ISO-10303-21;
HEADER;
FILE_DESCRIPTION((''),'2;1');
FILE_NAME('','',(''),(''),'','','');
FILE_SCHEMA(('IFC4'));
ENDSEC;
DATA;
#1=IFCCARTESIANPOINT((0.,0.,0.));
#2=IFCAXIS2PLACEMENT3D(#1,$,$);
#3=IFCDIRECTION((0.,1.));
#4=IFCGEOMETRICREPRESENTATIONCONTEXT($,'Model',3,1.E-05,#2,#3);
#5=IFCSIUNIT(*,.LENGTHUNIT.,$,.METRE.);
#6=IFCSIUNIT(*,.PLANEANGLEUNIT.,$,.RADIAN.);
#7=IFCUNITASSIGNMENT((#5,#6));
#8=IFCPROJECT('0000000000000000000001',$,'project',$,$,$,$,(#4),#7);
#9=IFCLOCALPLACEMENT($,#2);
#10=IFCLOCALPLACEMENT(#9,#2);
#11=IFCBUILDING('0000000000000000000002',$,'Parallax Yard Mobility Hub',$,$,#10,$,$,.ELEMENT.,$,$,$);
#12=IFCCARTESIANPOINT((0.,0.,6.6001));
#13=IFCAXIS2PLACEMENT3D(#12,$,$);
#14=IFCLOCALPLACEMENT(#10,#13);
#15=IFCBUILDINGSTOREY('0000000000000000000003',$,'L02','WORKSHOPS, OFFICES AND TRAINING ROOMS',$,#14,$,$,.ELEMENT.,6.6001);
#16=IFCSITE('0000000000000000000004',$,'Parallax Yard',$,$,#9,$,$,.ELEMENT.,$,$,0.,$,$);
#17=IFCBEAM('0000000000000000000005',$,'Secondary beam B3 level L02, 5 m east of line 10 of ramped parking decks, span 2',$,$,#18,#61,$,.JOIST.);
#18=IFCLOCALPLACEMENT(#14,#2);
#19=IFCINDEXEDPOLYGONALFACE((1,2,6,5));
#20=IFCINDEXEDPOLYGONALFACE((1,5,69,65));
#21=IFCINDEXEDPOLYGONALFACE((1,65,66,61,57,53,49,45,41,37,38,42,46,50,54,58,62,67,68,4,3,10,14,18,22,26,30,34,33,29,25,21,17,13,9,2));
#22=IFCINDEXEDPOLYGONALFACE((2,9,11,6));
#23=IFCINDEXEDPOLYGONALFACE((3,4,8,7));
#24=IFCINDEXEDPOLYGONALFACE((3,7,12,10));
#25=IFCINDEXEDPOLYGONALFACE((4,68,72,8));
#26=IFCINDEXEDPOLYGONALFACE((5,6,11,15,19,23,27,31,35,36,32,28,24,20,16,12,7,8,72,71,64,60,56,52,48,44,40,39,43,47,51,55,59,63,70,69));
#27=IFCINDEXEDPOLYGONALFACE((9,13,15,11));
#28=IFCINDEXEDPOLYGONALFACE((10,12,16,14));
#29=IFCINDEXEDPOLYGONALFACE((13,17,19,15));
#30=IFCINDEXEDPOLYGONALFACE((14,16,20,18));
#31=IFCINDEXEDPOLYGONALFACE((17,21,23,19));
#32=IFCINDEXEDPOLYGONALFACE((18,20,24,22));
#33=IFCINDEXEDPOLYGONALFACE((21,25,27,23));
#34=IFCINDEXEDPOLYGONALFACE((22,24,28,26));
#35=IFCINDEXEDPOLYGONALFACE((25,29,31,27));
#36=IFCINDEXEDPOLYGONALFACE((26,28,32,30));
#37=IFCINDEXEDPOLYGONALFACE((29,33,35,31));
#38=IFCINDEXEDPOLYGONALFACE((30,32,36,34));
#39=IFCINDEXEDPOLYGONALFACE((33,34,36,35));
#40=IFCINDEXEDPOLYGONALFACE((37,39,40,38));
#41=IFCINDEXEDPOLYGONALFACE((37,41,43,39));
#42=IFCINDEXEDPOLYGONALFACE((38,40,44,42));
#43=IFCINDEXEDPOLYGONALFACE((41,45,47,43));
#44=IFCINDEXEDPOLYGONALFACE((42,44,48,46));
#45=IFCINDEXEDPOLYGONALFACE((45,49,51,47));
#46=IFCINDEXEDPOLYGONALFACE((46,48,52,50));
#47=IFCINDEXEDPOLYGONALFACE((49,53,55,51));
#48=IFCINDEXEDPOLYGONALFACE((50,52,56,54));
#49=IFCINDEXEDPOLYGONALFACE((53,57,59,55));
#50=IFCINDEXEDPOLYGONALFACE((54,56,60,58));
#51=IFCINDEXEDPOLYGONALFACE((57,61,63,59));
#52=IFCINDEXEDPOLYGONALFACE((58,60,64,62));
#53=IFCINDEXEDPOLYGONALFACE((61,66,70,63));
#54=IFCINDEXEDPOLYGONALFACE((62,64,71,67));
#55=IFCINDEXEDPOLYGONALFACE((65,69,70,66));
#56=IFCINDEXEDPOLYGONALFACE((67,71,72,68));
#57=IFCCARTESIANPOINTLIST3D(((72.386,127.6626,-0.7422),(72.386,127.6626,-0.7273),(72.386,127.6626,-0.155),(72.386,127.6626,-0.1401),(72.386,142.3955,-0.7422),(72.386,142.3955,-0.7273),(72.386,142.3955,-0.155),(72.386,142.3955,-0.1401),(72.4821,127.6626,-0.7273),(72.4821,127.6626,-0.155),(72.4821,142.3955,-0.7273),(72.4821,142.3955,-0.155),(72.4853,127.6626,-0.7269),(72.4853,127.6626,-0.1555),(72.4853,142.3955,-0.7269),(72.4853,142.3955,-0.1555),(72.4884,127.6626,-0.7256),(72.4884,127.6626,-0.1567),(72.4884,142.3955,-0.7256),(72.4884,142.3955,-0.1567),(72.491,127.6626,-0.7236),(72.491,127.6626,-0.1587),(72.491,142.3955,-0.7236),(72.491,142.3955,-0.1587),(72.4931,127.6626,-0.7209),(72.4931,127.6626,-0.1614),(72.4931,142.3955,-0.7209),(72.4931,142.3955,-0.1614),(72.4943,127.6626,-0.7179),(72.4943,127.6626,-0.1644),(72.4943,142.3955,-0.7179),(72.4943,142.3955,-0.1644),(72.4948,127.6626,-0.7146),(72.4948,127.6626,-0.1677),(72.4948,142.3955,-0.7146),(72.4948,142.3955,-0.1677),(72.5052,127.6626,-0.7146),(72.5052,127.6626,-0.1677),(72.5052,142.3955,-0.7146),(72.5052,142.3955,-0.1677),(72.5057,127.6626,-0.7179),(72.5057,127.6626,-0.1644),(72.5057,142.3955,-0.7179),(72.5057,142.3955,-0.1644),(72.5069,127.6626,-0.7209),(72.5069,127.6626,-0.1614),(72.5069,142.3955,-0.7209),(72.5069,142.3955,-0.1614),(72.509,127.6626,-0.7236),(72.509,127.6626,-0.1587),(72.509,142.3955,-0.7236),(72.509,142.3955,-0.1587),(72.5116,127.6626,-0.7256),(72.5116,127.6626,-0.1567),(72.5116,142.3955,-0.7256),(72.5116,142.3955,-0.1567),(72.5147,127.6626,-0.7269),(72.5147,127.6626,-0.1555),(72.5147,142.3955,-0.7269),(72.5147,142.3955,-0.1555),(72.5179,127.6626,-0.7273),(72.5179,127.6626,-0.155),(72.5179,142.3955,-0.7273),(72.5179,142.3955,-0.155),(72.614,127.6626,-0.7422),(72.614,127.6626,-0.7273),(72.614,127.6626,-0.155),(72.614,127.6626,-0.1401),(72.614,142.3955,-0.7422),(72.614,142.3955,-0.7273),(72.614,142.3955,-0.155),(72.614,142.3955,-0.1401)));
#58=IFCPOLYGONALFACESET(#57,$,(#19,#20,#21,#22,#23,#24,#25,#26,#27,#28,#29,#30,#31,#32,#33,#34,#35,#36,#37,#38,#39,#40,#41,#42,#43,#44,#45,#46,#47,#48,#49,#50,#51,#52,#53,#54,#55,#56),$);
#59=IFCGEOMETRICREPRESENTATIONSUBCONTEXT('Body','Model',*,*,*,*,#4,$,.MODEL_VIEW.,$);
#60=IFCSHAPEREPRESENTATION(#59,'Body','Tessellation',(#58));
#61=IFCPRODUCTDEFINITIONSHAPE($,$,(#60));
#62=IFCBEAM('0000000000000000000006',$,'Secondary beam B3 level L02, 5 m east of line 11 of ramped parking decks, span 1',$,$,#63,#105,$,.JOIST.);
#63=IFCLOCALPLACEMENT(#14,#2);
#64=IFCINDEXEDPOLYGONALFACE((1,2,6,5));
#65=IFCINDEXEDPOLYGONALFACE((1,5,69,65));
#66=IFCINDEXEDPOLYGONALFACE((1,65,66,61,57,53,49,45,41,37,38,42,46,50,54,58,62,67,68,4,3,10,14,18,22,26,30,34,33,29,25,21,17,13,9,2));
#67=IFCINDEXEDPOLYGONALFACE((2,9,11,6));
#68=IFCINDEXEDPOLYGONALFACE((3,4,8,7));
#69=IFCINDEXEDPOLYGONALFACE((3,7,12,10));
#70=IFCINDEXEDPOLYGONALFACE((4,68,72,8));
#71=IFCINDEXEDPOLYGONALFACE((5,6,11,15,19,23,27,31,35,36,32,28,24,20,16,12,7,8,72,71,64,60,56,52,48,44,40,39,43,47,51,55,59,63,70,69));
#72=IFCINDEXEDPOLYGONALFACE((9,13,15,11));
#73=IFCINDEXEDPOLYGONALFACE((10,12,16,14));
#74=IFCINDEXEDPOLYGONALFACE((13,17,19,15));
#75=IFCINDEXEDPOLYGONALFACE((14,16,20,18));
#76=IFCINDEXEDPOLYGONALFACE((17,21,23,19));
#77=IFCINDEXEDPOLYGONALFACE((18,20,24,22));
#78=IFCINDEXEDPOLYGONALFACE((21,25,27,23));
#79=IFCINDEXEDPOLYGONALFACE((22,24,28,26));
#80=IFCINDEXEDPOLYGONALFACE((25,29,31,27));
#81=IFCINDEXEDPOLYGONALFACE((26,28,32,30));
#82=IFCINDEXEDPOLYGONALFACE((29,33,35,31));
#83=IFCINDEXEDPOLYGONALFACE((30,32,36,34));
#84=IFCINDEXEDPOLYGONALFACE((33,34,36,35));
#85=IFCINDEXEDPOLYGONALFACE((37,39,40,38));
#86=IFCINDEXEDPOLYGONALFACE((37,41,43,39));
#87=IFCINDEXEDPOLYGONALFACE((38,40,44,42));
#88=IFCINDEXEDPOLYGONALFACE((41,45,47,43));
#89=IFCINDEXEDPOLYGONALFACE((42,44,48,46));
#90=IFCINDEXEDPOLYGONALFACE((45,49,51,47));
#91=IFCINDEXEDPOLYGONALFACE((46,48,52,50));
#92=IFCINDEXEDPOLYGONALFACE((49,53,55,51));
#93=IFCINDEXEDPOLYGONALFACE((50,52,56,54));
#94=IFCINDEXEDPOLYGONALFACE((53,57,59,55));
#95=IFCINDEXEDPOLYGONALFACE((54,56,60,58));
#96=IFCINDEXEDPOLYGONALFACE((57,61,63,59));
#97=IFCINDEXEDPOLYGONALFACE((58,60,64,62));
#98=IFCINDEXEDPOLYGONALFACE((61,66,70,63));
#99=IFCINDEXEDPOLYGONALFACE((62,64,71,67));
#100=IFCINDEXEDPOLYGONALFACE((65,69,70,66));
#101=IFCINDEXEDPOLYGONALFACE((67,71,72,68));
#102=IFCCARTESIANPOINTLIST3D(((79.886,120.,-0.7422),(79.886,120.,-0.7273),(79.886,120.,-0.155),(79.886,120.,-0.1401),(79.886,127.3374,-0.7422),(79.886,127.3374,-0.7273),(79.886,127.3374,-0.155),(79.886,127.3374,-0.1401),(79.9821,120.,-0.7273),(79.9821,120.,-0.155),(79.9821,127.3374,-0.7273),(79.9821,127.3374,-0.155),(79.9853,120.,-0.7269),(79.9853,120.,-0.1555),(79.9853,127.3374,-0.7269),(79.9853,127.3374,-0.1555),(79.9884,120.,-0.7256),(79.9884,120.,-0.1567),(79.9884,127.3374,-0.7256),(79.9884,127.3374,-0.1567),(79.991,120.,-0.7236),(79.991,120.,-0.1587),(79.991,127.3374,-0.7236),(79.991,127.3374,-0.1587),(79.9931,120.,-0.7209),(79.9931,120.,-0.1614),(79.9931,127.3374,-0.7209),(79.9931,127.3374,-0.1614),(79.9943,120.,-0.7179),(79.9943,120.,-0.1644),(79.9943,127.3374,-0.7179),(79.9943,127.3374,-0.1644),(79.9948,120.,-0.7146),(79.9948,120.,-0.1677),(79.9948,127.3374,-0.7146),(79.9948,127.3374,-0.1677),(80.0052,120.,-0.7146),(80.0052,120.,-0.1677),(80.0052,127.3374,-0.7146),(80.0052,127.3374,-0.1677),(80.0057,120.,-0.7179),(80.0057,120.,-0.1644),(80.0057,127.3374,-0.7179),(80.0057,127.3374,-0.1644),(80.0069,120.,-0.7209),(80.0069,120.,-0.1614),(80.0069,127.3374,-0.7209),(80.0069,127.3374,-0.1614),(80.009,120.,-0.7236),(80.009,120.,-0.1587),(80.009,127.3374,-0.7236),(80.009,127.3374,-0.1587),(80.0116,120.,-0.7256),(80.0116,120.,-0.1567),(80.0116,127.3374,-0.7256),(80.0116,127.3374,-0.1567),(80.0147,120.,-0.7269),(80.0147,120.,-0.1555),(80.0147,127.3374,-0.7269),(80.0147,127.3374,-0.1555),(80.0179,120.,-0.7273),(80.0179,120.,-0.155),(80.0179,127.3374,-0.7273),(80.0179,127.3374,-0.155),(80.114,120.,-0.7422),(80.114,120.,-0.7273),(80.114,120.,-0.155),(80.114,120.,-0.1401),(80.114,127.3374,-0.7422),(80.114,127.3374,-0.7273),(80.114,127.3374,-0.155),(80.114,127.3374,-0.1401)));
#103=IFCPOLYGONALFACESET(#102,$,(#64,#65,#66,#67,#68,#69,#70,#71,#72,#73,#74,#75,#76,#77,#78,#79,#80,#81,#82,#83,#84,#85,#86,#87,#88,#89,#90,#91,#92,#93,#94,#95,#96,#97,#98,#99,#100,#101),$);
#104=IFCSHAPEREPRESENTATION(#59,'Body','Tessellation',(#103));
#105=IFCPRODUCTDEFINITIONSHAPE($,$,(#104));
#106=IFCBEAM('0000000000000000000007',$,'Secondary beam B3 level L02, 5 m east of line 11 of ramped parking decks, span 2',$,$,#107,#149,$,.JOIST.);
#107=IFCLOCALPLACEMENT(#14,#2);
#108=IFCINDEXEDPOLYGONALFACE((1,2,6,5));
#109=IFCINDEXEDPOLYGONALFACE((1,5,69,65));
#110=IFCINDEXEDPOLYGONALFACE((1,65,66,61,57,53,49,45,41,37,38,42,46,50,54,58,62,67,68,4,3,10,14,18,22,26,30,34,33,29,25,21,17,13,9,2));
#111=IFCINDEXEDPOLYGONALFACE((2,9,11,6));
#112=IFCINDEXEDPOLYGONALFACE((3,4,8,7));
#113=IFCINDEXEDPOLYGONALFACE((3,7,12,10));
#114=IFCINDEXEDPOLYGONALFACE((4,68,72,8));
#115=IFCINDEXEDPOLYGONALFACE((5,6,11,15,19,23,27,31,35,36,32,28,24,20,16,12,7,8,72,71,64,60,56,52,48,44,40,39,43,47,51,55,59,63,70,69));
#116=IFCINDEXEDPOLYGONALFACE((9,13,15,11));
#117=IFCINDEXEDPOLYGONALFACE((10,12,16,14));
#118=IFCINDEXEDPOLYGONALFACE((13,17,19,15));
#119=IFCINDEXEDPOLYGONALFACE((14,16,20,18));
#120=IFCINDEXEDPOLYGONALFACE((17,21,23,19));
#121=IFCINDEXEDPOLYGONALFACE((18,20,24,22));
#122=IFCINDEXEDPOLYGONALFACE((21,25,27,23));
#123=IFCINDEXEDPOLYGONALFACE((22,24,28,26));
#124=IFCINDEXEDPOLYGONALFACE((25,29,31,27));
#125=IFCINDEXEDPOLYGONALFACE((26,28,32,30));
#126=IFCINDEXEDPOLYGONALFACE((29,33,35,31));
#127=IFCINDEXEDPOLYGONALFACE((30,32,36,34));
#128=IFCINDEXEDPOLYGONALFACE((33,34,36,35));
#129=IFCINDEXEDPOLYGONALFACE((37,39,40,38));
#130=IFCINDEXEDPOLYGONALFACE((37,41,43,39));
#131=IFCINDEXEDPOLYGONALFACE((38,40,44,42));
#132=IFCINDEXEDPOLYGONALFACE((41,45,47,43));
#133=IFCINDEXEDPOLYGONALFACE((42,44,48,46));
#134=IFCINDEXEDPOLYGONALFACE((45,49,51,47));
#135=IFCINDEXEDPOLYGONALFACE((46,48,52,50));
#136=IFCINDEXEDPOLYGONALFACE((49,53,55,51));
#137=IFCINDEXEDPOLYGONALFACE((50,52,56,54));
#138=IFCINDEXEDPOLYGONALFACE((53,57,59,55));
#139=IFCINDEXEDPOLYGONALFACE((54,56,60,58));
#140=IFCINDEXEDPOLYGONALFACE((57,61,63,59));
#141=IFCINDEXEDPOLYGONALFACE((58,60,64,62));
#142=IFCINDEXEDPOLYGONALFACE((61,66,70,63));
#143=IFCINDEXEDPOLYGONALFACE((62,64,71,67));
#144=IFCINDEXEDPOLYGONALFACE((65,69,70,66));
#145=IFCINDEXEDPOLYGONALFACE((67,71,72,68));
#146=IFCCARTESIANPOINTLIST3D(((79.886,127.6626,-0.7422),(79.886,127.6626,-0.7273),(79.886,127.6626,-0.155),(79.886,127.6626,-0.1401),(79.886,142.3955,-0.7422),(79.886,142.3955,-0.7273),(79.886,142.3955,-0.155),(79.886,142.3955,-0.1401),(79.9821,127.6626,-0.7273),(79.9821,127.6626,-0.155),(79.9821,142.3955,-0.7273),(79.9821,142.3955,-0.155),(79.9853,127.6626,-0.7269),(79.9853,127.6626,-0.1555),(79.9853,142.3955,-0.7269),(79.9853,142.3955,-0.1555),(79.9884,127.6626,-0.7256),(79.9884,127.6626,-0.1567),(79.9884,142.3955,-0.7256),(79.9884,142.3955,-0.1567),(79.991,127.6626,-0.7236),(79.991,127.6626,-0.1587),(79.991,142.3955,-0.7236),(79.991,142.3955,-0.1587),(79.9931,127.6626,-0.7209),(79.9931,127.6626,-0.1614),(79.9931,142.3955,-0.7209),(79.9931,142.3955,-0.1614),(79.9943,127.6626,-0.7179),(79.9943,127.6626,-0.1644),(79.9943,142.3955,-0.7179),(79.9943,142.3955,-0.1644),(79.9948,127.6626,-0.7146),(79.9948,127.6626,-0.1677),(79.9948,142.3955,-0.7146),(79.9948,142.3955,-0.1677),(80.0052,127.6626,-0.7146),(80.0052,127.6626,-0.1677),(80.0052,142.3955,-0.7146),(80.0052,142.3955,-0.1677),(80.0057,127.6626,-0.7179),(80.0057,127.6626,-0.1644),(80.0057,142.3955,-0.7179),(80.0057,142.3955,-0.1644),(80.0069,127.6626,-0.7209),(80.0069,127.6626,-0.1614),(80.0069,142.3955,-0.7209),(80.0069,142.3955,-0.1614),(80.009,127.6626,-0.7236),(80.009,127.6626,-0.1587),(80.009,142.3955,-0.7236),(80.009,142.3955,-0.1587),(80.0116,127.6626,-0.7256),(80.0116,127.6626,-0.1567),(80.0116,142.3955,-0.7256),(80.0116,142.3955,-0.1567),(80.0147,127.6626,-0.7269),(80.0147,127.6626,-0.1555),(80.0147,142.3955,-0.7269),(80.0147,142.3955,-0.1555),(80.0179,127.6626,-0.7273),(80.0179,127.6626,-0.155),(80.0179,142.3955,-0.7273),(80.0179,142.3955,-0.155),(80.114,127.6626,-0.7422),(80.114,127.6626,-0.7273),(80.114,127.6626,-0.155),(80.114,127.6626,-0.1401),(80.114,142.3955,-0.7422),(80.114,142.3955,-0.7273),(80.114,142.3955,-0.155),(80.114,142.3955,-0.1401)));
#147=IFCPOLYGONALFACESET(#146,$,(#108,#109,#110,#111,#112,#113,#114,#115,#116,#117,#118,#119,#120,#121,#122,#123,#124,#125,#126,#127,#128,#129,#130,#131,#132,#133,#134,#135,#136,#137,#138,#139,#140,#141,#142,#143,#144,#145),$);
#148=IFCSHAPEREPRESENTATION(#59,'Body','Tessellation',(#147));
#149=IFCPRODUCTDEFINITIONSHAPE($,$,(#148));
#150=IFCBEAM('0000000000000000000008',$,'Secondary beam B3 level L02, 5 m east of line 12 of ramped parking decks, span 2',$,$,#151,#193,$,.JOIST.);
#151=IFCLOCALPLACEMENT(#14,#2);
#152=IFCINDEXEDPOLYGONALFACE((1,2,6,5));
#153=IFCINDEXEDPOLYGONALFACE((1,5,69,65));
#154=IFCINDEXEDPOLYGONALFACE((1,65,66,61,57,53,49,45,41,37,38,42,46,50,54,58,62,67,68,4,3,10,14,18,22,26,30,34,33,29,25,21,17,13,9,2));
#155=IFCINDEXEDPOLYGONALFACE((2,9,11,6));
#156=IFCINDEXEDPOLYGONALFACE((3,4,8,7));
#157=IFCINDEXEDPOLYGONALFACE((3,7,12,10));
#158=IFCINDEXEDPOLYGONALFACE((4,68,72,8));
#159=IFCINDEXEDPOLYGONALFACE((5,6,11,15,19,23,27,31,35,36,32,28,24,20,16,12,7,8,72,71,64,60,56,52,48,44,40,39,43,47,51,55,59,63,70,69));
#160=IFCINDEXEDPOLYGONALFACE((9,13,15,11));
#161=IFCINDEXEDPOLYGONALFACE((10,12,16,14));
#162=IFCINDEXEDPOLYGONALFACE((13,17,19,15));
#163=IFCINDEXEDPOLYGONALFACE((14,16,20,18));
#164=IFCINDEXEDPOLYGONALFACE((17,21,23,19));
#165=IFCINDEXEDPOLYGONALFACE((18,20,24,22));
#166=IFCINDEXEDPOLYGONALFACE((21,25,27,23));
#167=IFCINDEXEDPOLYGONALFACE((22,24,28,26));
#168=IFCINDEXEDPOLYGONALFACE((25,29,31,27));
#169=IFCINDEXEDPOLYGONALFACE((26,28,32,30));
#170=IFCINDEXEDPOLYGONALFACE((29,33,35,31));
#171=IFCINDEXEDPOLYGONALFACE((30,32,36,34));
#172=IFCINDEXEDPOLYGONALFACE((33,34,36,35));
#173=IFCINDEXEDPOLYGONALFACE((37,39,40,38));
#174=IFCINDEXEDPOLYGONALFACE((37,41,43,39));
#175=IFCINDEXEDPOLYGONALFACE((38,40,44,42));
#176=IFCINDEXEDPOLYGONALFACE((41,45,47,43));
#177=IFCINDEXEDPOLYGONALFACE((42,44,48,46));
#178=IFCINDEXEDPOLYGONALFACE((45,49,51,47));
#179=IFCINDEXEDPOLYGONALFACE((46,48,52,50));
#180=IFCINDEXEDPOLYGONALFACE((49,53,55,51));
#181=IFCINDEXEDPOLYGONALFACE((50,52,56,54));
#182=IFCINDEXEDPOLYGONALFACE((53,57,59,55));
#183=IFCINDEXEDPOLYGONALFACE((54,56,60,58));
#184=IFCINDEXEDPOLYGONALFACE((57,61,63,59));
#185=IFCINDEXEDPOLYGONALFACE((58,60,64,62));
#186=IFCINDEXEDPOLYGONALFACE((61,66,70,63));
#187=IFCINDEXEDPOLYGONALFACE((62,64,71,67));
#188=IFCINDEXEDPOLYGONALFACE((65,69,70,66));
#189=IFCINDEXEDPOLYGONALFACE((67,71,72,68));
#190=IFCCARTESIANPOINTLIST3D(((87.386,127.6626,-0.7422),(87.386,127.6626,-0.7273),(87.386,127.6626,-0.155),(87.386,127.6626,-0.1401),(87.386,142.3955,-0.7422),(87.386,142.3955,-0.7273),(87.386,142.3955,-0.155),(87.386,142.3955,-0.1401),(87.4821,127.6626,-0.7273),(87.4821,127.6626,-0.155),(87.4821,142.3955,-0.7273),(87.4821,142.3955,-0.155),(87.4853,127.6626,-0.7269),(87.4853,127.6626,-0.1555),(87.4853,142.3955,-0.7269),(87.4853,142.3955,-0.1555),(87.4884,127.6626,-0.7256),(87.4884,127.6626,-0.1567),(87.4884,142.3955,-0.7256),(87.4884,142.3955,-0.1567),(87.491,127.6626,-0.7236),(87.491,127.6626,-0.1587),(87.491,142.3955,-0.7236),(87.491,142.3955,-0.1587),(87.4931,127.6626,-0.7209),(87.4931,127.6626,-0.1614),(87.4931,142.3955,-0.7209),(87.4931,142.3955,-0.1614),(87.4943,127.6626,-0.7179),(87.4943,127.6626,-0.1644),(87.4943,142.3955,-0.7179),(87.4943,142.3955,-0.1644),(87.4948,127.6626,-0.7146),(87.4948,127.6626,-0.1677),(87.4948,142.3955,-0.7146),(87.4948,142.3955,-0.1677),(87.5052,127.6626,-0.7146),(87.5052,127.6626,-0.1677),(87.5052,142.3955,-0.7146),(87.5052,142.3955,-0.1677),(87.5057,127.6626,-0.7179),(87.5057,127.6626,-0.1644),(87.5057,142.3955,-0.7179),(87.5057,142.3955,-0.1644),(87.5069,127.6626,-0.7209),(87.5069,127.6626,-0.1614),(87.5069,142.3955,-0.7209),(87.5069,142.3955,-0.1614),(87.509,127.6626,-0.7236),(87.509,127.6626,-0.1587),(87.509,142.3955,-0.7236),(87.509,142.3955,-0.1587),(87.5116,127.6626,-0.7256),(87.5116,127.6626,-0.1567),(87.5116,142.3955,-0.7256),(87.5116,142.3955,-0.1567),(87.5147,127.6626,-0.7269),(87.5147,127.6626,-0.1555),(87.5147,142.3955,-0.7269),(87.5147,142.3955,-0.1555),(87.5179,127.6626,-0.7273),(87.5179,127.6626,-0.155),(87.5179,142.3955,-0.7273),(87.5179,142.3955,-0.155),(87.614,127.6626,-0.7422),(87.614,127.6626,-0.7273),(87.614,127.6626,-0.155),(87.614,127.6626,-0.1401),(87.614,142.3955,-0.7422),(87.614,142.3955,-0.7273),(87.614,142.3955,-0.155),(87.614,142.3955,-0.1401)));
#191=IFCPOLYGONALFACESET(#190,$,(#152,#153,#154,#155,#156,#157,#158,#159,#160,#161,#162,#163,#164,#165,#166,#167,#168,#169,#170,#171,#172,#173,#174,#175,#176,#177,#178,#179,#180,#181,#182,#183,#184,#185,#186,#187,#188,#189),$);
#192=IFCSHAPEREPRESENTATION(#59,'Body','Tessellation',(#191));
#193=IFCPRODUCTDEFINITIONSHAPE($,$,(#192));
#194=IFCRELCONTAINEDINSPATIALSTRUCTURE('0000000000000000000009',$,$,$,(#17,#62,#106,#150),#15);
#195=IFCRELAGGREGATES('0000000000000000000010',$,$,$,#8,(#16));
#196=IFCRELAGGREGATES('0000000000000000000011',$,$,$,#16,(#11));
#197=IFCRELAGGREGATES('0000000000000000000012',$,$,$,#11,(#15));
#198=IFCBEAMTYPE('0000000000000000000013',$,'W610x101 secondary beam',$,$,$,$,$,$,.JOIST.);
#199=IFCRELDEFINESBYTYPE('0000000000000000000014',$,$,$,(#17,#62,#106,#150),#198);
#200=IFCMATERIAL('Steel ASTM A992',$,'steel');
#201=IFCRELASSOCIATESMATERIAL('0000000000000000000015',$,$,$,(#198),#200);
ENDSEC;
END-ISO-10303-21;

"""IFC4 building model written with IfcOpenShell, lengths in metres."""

from ifc_helpers import new_model, si_unit, direction, frame, origin, origin_2d, place, context, subcontext, project, spatial, i_section, extrude, material, material_profile, profile_set, type_object, element, save


model = new_model("IFC4")

# Units and contexts
model_context = context("Model", 3, precision=1e-05, world=origin(), true_north=direction((0.0, 1.0)))
body_context = subcontext(model_context, "Body", "Model", "MODEL_VIEW")
ifc_project = project(units=[si_unit("LENGTHUNIT", "METRE"), si_unit("PLANEANGLEUNIT", "RADIAN")], contexts=[model_context])

# Site, building, storey
site_placement = place(None, origin())
site = spatial("IfcSite", under=ifc_project, at=site_placement, Name="Parallax Yard", CompositionType="ELEMENT", RefElevation=0.0)
building_placement = place(site_placement, origin())
building = spatial("IfcBuilding", under=site, at=building_placement, Name="Parallax Yard Mobility Hub", CompositionType="ELEMENT")
storey_placement = place(building_placement, frame((0.0, 0.0, 6.6001)))
storey = spatial("IfcBuildingStorey", under=building, at=storey_placement, Name="L02", Description="WORKSHOPS, OFFICES AND TRAINING ROOMS", CompositionType="ELEMENT", Elevation=6.6001)

# Shared definitions
ifc_material_1 = material(Name="Steel ASTM A992", Category="steel")

# Beams
ifc_material_profile_1 = material_profile(ifc_material_1, i_section(OverallWidth=0.228, OverallDepth=0.6021, WebThickness=0.0105, FlangeThickness=0.0149, FilletRadius=0.0127, at=origin_2d()), Name="W610x101")
ifc_profile_set_1 = profile_set([ifc_material_profile_1], Name="Steel ASTM A992")
beam_type_1 = type_object("IfcBeamType", Name="W610x101 secondary beam", PredefinedType="JOIST", material=ifc_profile_set_1)
beam_1_placement = place(storey_placement, frame((72.5, 127.6626, -0.4412), z_axis=(0.0, 1.0, 0.0), x_axis=(-1.0, 0.0, 0.0)))
element("IfcBeam", 1, at=beam_1_placement, inside=storey, type_object=beam_type_1, Name="Secondary beam B3 level L02, 5 m east of line 10 of ramped parking decks, span 2", PredefinedType="JOIST", context=body_context, shape_type="SweptSolid", body=[
    extrude(i_section(OverallWidth=0.228, OverallDepth=0.6021, WebThickness=0.0105, FlangeThickness=0.0149, FilletRadius=0.0127, at=origin_2d()), origin(), (0.0, 0.0, 1.0), 14.7329),
])
beam_2_placement = place(storey_placement, frame((80.0, 120.0, -0.4412), z_axis=(0.0, 1.0, 0.0), x_axis=(-1.0, 0.0, 0.0)))
element("IfcBeam", 2, at=beam_2_placement, inside=storey, type_object=beam_type_1, Name="Secondary beam B3 level L02, 5 m east of line 11 of ramped parking decks, span 1", PredefinedType="JOIST", context=body_context, shape_type="SweptSolid", body=[
    extrude(i_section(OverallWidth=0.228, OverallDepth=0.6021, WebThickness=0.0105, FlangeThickness=0.0149, FilletRadius=0.0127, at=origin_2d()), origin(), (0.0, 0.0, 1.0), 7.3374),
])
for number, where, z_axis, x_axis, name in (
    (3, (80.0, 127.6626, -0.4412), (0.0, 1.0, 0.0), (-1.0, 0.0, 0.0), "Secondary beam B3 level L02, 5 m east of line 11 of ramped parking decks, span 2"),
    (4, (87.5, 127.6626, -0.4412), (0.0, 1.0, 0.0), (-1.0, 0.0, 0.0), "Secondary beam B3 level L02, 5 m east of line 12 of ramped parking decks, span 2"),
):
    element("IfcBeam", number, at=place(storey_placement, frame(where, z_axis=z_axis, x_axis=x_axis)), inside=storey, type_object=beam_type_1, Name=name, PredefinedType="JOIST", context=body_context, shape_type="SweptSolid", body=[
        extrude(i_section(OverallWidth=0.228, OverallDepth=0.6021, WebThickness=0.0105, FlangeThickness=0.0149, FilletRadius=0.0127, at=origin_2d()), origin(), (0.0, 0.0, 1.0), 14.7329),
    ])

save(model, "model.ifc")
